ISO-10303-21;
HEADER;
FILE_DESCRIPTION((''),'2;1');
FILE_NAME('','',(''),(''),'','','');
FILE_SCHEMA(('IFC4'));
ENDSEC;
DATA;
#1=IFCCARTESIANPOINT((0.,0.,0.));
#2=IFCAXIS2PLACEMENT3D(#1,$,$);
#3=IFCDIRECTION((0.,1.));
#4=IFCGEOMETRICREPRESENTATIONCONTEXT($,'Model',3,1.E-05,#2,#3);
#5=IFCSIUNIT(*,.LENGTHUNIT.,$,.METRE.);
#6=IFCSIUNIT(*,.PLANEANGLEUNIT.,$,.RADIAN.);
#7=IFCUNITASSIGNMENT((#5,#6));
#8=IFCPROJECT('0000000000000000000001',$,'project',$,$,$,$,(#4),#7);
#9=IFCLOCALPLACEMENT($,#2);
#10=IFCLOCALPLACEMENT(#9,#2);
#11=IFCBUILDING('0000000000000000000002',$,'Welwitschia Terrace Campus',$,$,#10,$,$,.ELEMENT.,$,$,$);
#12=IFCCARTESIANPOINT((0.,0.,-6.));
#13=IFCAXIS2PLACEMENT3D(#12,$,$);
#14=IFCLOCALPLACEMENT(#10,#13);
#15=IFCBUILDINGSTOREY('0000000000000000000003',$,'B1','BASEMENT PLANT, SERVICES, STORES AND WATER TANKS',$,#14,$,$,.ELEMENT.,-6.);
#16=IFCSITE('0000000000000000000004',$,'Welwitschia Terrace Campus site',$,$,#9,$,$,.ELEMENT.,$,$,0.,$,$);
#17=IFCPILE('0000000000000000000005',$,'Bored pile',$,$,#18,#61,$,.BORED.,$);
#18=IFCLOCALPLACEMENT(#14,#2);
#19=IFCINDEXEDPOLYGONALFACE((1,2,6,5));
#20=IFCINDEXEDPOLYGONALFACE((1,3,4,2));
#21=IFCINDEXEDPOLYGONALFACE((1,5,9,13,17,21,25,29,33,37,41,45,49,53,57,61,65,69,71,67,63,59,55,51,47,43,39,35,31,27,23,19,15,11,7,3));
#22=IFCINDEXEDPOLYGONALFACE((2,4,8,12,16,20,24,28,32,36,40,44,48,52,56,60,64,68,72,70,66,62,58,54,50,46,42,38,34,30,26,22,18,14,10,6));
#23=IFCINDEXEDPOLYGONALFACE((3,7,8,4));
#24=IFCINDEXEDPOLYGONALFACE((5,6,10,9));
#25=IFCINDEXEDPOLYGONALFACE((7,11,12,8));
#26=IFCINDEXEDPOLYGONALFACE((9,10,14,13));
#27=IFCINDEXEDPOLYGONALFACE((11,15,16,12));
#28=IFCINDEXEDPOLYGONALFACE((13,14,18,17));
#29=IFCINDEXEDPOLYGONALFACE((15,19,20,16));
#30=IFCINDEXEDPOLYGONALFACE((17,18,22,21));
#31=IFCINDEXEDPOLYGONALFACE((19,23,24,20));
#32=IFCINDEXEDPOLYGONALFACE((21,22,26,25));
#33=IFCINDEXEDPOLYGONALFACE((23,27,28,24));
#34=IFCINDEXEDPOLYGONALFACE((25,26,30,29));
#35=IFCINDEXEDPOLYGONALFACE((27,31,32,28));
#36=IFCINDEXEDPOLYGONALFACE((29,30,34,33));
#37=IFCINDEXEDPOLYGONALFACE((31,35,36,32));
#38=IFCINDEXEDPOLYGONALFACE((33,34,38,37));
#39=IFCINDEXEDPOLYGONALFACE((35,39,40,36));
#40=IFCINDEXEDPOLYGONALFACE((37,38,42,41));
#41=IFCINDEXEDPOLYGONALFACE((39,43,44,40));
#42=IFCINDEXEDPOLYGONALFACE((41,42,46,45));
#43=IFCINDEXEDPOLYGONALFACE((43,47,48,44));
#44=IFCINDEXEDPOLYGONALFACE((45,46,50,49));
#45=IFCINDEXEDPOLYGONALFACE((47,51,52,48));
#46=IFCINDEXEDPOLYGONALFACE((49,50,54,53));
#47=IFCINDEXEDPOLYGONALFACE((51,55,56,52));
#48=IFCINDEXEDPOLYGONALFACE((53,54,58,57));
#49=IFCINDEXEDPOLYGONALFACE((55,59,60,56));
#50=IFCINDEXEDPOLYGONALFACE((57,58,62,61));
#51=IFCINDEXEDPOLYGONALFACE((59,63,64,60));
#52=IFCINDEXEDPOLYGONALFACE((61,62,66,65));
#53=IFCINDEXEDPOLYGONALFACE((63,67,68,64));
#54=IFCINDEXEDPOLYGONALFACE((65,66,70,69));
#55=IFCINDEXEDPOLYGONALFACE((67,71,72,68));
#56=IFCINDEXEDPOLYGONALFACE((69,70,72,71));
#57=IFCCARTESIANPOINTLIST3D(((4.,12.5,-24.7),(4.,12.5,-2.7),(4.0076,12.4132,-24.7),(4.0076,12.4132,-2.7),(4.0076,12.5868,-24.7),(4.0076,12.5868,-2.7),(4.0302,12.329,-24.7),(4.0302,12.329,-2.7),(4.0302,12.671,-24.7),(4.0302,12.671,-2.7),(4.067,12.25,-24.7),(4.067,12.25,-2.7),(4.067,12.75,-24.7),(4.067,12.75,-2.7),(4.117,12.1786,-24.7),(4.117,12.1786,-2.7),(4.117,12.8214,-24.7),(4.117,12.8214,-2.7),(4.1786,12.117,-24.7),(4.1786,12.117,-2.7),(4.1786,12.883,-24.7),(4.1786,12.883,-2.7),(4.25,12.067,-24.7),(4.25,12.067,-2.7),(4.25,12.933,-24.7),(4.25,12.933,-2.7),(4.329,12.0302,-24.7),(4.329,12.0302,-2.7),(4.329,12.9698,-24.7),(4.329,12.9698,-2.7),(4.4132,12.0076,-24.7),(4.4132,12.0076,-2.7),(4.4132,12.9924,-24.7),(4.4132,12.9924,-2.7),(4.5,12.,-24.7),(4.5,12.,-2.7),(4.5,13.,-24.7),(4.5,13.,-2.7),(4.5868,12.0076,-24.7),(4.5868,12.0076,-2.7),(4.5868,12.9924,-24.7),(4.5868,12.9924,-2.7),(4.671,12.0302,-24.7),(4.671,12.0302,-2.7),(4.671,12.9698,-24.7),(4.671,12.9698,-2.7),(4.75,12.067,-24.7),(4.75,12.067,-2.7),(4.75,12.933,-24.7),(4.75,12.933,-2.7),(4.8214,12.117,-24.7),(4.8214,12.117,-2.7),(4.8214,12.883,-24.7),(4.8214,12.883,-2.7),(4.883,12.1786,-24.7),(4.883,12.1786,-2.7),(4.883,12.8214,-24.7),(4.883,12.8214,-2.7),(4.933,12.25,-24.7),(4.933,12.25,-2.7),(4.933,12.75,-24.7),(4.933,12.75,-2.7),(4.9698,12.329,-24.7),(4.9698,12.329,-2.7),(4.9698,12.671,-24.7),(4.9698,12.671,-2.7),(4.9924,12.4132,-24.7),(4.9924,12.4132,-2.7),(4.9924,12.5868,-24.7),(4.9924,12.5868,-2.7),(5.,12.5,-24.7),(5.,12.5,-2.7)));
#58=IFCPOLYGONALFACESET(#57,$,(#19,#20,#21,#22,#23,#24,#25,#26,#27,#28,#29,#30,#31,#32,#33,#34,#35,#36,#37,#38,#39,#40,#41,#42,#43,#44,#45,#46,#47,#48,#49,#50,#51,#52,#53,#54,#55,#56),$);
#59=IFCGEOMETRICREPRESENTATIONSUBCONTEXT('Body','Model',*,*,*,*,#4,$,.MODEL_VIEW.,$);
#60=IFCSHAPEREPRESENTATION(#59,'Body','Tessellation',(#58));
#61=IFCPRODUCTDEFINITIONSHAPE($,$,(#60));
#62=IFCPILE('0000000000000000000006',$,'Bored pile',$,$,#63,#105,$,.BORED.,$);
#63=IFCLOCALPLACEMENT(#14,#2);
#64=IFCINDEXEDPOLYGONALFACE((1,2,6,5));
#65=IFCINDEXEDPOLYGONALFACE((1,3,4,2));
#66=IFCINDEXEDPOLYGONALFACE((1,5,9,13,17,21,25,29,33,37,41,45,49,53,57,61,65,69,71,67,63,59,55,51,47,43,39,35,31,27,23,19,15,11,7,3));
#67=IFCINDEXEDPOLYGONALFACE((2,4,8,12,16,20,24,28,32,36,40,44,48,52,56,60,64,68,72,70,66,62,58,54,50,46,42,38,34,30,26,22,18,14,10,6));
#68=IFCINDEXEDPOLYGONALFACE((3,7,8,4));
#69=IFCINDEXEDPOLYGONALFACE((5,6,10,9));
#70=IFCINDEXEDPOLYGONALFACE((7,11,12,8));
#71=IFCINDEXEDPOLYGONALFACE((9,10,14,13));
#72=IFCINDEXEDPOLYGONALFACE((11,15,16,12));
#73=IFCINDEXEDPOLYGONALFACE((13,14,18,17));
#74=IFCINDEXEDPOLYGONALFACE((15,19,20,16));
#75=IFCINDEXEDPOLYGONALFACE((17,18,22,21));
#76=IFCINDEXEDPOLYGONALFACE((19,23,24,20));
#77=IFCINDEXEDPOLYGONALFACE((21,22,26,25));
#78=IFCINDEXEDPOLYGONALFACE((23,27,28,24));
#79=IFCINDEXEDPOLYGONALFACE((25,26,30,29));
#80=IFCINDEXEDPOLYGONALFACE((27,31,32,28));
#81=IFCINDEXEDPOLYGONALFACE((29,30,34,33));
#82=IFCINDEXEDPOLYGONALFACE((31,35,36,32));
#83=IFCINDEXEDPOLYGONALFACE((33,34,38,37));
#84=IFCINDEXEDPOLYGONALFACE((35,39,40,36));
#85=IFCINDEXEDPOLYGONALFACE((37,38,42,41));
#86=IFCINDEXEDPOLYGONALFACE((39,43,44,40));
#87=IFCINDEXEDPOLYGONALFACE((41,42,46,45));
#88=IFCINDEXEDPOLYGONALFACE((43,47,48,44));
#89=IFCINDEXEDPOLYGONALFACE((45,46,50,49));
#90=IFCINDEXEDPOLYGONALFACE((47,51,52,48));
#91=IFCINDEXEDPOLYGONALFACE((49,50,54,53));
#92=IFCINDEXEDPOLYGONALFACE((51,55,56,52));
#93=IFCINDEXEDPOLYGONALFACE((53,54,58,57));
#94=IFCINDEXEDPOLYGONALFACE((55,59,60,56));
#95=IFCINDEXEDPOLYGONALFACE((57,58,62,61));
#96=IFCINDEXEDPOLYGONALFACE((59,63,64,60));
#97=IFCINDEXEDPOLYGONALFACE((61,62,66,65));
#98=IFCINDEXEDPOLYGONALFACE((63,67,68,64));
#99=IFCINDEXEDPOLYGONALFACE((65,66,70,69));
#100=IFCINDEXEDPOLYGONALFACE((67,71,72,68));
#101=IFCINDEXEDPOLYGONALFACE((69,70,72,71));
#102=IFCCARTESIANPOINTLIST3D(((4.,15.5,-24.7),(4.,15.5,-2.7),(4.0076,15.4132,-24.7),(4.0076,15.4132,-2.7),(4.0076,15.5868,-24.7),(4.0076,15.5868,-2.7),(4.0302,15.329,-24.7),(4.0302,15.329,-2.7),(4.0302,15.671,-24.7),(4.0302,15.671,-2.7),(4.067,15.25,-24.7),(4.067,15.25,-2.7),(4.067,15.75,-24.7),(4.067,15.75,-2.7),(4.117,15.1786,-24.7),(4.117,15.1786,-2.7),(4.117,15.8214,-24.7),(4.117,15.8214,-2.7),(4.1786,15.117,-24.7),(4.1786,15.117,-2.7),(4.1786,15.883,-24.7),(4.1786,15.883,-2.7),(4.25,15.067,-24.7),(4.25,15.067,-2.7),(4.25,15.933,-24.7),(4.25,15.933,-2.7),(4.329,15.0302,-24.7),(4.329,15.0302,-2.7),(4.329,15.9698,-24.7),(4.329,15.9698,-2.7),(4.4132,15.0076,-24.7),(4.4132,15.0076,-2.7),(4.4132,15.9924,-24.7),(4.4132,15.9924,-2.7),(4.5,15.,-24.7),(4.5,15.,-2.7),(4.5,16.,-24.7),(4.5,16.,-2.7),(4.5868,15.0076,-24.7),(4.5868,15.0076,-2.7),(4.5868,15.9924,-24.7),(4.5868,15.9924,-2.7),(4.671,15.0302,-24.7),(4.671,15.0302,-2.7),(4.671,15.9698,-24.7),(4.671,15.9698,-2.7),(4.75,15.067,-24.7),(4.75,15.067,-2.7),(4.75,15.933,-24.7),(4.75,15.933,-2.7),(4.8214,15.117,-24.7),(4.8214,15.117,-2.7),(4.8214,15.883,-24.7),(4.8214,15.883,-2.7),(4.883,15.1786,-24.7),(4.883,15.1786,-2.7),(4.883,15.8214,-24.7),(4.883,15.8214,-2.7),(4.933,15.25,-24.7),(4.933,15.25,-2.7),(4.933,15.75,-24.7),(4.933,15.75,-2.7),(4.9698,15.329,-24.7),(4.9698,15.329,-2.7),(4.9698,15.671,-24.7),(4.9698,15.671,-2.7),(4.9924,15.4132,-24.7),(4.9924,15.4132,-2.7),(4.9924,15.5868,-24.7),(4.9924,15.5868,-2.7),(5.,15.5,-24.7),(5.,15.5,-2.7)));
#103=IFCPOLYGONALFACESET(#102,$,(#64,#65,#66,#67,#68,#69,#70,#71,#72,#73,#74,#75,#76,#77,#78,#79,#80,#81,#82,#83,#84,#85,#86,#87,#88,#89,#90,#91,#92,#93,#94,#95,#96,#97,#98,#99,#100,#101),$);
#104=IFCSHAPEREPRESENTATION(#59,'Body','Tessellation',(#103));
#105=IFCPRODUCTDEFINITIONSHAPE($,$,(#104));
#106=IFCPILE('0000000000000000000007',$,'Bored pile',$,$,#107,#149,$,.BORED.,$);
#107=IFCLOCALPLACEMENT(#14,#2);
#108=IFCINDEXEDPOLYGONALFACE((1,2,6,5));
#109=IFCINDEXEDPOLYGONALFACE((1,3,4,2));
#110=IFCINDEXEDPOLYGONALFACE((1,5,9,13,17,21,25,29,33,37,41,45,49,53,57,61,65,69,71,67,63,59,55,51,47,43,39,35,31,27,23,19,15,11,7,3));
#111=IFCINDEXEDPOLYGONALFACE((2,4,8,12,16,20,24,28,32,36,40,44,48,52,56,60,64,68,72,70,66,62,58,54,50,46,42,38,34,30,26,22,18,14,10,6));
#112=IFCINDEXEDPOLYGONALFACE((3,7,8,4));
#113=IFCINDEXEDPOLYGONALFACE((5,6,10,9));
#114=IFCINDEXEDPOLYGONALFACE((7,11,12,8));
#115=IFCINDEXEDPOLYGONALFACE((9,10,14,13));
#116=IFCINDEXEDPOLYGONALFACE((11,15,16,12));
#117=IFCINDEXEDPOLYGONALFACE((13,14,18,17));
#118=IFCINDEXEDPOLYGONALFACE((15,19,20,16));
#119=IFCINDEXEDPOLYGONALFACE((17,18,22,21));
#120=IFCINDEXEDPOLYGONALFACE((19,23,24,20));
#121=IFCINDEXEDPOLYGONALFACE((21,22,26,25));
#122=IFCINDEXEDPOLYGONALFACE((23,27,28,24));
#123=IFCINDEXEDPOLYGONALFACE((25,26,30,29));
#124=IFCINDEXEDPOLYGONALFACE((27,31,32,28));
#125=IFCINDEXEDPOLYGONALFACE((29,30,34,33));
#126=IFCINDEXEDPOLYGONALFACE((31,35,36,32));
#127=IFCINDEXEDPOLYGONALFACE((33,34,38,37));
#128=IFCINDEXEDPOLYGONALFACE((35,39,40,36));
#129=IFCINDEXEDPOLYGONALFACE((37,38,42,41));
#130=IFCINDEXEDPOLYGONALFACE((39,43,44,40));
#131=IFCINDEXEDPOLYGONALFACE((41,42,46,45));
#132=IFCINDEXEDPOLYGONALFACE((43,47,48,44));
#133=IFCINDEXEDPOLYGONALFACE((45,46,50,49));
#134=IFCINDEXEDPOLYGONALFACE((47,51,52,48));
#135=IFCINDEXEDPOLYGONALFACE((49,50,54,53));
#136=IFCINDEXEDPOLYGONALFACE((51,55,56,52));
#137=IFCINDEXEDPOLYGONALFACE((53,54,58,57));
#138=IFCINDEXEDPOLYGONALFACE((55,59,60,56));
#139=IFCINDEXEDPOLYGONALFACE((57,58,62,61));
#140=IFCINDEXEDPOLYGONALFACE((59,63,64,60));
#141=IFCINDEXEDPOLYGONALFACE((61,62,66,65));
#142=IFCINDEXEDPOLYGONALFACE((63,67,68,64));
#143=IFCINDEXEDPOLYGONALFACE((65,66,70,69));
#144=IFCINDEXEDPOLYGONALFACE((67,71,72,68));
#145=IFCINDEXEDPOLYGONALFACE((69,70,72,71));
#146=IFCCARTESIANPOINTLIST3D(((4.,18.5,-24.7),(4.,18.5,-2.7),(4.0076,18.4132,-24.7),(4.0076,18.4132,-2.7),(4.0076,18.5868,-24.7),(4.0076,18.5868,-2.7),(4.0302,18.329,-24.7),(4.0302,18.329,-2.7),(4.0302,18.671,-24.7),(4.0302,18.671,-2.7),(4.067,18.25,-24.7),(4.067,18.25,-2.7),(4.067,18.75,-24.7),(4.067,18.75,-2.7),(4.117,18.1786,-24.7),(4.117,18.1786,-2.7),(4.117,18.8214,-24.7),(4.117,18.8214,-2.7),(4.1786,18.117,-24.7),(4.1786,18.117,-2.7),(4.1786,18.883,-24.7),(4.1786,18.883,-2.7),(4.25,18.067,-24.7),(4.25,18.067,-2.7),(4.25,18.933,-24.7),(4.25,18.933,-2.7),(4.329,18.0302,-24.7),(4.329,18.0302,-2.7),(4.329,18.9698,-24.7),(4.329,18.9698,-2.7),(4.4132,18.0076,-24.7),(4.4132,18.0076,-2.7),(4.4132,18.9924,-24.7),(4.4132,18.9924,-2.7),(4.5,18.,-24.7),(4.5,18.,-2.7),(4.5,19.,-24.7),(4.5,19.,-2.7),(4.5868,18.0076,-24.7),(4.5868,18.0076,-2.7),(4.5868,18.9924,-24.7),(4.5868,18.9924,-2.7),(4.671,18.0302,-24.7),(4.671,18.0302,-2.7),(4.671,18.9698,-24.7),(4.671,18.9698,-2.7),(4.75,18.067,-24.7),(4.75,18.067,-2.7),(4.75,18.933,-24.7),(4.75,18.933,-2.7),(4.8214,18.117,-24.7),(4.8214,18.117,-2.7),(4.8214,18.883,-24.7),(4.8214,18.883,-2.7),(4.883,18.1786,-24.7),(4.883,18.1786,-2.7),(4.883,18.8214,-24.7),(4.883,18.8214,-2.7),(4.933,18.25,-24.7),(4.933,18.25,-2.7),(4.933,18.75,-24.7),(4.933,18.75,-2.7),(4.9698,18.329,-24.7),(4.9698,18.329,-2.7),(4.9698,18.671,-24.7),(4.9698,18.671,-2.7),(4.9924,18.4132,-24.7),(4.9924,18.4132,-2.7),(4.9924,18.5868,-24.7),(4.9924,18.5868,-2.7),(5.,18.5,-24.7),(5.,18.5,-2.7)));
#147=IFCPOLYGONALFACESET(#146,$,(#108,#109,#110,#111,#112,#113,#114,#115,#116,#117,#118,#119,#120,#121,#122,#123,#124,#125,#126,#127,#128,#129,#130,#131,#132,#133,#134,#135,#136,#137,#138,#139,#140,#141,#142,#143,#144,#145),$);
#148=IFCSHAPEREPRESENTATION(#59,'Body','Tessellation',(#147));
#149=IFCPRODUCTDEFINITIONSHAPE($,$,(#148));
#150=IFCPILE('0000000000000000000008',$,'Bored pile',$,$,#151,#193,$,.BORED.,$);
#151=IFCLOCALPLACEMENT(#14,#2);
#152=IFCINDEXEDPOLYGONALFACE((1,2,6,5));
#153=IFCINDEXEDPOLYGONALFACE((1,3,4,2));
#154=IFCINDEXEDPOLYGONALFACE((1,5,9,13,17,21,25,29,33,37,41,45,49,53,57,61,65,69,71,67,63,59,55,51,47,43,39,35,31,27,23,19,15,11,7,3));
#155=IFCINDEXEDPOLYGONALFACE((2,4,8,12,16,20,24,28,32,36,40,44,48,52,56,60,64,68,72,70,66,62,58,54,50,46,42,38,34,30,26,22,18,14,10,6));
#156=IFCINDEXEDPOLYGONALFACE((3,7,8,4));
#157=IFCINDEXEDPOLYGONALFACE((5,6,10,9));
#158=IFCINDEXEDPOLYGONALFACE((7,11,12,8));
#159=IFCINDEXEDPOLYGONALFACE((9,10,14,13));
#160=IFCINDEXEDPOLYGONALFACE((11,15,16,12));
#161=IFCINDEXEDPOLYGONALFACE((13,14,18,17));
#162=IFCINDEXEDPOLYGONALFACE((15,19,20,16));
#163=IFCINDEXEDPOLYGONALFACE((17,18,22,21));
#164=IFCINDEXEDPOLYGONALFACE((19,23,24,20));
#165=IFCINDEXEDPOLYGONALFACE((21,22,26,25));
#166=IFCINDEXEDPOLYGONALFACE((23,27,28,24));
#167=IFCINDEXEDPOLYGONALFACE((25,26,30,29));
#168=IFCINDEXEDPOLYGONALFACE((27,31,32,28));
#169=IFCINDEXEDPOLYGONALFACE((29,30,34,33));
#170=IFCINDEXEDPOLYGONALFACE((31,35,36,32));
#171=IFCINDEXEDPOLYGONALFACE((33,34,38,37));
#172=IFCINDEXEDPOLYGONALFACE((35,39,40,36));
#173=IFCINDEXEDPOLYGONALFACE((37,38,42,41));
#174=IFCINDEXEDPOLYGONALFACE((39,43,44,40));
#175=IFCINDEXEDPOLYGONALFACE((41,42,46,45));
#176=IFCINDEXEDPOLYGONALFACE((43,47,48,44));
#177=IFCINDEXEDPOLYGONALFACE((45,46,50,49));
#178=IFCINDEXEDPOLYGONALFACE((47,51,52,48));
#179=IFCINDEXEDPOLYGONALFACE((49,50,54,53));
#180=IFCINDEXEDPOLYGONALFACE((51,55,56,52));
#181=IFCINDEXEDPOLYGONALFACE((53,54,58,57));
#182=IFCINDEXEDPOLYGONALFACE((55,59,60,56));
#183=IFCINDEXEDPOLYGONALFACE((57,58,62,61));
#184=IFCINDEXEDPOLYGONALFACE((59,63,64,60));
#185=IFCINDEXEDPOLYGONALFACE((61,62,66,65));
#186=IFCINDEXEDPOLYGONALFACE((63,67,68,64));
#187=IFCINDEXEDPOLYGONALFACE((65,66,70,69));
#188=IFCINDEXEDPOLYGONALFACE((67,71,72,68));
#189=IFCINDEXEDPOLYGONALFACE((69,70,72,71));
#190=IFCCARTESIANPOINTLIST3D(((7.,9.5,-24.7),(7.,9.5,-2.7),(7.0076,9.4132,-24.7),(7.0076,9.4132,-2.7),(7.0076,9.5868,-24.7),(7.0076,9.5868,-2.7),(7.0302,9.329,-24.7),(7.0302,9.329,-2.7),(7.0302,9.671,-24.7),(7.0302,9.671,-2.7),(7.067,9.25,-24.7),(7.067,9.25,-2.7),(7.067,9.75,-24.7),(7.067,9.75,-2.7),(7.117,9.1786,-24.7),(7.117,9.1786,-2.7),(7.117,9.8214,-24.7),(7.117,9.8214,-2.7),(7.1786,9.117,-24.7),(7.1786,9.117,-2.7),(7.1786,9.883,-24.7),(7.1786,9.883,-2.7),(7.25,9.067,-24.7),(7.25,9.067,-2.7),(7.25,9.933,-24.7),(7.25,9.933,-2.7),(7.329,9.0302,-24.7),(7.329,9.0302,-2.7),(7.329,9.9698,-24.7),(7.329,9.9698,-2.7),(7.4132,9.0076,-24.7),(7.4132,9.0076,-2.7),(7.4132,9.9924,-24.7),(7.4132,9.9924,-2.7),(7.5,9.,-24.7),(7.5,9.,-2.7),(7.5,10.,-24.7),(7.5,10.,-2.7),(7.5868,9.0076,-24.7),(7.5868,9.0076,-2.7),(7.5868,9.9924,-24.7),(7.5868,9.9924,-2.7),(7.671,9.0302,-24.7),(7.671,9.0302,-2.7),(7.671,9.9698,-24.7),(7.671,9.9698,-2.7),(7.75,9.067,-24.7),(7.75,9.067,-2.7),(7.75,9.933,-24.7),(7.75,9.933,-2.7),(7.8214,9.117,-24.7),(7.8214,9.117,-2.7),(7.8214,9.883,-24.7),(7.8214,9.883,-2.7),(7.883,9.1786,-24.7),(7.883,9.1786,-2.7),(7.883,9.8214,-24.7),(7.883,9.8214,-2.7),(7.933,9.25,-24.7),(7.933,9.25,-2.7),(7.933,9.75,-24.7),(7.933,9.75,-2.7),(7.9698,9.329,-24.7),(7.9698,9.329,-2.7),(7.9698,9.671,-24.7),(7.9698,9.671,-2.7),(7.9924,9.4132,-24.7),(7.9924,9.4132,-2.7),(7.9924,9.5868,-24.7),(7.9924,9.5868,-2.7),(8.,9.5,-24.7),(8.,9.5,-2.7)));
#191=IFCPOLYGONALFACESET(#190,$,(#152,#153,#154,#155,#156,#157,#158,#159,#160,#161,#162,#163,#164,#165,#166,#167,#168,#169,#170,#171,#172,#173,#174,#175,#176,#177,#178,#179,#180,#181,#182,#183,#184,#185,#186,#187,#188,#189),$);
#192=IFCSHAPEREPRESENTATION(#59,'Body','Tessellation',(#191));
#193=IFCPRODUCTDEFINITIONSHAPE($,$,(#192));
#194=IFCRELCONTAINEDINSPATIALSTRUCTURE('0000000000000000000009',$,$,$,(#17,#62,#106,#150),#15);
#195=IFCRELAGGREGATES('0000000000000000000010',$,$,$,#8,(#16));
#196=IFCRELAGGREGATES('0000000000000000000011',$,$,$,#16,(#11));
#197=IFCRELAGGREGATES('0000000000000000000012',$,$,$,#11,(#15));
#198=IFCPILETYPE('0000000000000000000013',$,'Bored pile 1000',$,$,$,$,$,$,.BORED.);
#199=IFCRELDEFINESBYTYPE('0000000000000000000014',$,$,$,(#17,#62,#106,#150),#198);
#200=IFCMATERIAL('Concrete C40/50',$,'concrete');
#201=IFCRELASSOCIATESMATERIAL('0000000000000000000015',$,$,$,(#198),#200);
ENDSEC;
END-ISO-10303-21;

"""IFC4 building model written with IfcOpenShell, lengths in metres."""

from ifc_helpers import new_model, si_unit, direction, frame, origin, origin_2d, place, context, subcontext, project, spatial, circle, extrude, material, type_object, element, save


model = new_model("IFC4")

# Units and contexts
model_context = context("Model", 3, precision=1e-05, world=origin(), true_north=direction((0.0, 1.0)))
body_context = subcontext(model_context, "Body", "Model", "MODEL_VIEW")
ifc_project = project(units=[si_unit("LENGTHUNIT", "METRE"), si_unit("PLANEANGLEUNIT", "RADIAN")], contexts=[model_context])

# Site, building, storey
site_placement = place(None, origin())
site = spatial("IfcSite", under=ifc_project, at=site_placement, Name="Welwitschia Terrace Campus site", CompositionType="ELEMENT", RefElevation=0.0)
building_placement = place(site_placement, origin())
building = spatial("IfcBuilding", under=site, at=building_placement, Name="Welwitschia Terrace Campus", CompositionType="ELEMENT")
storey_placement = place(building_placement, frame((0.0, 0.0, -6.0)))
storey = spatial("IfcBuildingStorey", under=building, at=storey_placement, Name="B1", Description="BASEMENT PLANT, SERVICES, STORES AND WATER TANKS", CompositionType="ELEMENT", Elevation=-6.0)

# Piles
ifc_material_1 = material(Name="Concrete C40/50", Category="concrete")
pile_type = type_object("IfcPileType", Name="Bored pile 1000", PredefinedType="BORED", material=ifc_material_1)
for number, where, z_axis, x_axis, name in (
    (1, (4.5, 12.5, -2.7), (0.0, 0.0, -1.0), (1.0, 0.0, 0.0), "Bored pile"),
    (2, (4.5, 15.5, -2.7), (0.0, 0.0, -1.0), (1.0, 0.0, 0.0), "Bored pile"),
    (3, (4.5, 18.5, -2.7), (0.0, 0.0, -1.0), (1.0, 0.0, 0.0), "Bored pile"),
    (4, (7.5, 9.5, -2.7), (0.0, 0.0, -1.0), (1.0, 0.0, 0.0), "Bored pile"),
):
    element("IfcPile", number, at=place(storey_placement, frame(where, z_axis=z_axis, x_axis=x_axis)), inside=storey, type_object=pile_type, Name=name, PredefinedType="BORED", context=body_context, shape_type="SweptSolid", body=[
        extrude(circle(Radius=0.5, at=origin_2d()), origin(), (0.0, 0.0, 1.0), 22.0),
    ])

save(model, "model.ifc")
